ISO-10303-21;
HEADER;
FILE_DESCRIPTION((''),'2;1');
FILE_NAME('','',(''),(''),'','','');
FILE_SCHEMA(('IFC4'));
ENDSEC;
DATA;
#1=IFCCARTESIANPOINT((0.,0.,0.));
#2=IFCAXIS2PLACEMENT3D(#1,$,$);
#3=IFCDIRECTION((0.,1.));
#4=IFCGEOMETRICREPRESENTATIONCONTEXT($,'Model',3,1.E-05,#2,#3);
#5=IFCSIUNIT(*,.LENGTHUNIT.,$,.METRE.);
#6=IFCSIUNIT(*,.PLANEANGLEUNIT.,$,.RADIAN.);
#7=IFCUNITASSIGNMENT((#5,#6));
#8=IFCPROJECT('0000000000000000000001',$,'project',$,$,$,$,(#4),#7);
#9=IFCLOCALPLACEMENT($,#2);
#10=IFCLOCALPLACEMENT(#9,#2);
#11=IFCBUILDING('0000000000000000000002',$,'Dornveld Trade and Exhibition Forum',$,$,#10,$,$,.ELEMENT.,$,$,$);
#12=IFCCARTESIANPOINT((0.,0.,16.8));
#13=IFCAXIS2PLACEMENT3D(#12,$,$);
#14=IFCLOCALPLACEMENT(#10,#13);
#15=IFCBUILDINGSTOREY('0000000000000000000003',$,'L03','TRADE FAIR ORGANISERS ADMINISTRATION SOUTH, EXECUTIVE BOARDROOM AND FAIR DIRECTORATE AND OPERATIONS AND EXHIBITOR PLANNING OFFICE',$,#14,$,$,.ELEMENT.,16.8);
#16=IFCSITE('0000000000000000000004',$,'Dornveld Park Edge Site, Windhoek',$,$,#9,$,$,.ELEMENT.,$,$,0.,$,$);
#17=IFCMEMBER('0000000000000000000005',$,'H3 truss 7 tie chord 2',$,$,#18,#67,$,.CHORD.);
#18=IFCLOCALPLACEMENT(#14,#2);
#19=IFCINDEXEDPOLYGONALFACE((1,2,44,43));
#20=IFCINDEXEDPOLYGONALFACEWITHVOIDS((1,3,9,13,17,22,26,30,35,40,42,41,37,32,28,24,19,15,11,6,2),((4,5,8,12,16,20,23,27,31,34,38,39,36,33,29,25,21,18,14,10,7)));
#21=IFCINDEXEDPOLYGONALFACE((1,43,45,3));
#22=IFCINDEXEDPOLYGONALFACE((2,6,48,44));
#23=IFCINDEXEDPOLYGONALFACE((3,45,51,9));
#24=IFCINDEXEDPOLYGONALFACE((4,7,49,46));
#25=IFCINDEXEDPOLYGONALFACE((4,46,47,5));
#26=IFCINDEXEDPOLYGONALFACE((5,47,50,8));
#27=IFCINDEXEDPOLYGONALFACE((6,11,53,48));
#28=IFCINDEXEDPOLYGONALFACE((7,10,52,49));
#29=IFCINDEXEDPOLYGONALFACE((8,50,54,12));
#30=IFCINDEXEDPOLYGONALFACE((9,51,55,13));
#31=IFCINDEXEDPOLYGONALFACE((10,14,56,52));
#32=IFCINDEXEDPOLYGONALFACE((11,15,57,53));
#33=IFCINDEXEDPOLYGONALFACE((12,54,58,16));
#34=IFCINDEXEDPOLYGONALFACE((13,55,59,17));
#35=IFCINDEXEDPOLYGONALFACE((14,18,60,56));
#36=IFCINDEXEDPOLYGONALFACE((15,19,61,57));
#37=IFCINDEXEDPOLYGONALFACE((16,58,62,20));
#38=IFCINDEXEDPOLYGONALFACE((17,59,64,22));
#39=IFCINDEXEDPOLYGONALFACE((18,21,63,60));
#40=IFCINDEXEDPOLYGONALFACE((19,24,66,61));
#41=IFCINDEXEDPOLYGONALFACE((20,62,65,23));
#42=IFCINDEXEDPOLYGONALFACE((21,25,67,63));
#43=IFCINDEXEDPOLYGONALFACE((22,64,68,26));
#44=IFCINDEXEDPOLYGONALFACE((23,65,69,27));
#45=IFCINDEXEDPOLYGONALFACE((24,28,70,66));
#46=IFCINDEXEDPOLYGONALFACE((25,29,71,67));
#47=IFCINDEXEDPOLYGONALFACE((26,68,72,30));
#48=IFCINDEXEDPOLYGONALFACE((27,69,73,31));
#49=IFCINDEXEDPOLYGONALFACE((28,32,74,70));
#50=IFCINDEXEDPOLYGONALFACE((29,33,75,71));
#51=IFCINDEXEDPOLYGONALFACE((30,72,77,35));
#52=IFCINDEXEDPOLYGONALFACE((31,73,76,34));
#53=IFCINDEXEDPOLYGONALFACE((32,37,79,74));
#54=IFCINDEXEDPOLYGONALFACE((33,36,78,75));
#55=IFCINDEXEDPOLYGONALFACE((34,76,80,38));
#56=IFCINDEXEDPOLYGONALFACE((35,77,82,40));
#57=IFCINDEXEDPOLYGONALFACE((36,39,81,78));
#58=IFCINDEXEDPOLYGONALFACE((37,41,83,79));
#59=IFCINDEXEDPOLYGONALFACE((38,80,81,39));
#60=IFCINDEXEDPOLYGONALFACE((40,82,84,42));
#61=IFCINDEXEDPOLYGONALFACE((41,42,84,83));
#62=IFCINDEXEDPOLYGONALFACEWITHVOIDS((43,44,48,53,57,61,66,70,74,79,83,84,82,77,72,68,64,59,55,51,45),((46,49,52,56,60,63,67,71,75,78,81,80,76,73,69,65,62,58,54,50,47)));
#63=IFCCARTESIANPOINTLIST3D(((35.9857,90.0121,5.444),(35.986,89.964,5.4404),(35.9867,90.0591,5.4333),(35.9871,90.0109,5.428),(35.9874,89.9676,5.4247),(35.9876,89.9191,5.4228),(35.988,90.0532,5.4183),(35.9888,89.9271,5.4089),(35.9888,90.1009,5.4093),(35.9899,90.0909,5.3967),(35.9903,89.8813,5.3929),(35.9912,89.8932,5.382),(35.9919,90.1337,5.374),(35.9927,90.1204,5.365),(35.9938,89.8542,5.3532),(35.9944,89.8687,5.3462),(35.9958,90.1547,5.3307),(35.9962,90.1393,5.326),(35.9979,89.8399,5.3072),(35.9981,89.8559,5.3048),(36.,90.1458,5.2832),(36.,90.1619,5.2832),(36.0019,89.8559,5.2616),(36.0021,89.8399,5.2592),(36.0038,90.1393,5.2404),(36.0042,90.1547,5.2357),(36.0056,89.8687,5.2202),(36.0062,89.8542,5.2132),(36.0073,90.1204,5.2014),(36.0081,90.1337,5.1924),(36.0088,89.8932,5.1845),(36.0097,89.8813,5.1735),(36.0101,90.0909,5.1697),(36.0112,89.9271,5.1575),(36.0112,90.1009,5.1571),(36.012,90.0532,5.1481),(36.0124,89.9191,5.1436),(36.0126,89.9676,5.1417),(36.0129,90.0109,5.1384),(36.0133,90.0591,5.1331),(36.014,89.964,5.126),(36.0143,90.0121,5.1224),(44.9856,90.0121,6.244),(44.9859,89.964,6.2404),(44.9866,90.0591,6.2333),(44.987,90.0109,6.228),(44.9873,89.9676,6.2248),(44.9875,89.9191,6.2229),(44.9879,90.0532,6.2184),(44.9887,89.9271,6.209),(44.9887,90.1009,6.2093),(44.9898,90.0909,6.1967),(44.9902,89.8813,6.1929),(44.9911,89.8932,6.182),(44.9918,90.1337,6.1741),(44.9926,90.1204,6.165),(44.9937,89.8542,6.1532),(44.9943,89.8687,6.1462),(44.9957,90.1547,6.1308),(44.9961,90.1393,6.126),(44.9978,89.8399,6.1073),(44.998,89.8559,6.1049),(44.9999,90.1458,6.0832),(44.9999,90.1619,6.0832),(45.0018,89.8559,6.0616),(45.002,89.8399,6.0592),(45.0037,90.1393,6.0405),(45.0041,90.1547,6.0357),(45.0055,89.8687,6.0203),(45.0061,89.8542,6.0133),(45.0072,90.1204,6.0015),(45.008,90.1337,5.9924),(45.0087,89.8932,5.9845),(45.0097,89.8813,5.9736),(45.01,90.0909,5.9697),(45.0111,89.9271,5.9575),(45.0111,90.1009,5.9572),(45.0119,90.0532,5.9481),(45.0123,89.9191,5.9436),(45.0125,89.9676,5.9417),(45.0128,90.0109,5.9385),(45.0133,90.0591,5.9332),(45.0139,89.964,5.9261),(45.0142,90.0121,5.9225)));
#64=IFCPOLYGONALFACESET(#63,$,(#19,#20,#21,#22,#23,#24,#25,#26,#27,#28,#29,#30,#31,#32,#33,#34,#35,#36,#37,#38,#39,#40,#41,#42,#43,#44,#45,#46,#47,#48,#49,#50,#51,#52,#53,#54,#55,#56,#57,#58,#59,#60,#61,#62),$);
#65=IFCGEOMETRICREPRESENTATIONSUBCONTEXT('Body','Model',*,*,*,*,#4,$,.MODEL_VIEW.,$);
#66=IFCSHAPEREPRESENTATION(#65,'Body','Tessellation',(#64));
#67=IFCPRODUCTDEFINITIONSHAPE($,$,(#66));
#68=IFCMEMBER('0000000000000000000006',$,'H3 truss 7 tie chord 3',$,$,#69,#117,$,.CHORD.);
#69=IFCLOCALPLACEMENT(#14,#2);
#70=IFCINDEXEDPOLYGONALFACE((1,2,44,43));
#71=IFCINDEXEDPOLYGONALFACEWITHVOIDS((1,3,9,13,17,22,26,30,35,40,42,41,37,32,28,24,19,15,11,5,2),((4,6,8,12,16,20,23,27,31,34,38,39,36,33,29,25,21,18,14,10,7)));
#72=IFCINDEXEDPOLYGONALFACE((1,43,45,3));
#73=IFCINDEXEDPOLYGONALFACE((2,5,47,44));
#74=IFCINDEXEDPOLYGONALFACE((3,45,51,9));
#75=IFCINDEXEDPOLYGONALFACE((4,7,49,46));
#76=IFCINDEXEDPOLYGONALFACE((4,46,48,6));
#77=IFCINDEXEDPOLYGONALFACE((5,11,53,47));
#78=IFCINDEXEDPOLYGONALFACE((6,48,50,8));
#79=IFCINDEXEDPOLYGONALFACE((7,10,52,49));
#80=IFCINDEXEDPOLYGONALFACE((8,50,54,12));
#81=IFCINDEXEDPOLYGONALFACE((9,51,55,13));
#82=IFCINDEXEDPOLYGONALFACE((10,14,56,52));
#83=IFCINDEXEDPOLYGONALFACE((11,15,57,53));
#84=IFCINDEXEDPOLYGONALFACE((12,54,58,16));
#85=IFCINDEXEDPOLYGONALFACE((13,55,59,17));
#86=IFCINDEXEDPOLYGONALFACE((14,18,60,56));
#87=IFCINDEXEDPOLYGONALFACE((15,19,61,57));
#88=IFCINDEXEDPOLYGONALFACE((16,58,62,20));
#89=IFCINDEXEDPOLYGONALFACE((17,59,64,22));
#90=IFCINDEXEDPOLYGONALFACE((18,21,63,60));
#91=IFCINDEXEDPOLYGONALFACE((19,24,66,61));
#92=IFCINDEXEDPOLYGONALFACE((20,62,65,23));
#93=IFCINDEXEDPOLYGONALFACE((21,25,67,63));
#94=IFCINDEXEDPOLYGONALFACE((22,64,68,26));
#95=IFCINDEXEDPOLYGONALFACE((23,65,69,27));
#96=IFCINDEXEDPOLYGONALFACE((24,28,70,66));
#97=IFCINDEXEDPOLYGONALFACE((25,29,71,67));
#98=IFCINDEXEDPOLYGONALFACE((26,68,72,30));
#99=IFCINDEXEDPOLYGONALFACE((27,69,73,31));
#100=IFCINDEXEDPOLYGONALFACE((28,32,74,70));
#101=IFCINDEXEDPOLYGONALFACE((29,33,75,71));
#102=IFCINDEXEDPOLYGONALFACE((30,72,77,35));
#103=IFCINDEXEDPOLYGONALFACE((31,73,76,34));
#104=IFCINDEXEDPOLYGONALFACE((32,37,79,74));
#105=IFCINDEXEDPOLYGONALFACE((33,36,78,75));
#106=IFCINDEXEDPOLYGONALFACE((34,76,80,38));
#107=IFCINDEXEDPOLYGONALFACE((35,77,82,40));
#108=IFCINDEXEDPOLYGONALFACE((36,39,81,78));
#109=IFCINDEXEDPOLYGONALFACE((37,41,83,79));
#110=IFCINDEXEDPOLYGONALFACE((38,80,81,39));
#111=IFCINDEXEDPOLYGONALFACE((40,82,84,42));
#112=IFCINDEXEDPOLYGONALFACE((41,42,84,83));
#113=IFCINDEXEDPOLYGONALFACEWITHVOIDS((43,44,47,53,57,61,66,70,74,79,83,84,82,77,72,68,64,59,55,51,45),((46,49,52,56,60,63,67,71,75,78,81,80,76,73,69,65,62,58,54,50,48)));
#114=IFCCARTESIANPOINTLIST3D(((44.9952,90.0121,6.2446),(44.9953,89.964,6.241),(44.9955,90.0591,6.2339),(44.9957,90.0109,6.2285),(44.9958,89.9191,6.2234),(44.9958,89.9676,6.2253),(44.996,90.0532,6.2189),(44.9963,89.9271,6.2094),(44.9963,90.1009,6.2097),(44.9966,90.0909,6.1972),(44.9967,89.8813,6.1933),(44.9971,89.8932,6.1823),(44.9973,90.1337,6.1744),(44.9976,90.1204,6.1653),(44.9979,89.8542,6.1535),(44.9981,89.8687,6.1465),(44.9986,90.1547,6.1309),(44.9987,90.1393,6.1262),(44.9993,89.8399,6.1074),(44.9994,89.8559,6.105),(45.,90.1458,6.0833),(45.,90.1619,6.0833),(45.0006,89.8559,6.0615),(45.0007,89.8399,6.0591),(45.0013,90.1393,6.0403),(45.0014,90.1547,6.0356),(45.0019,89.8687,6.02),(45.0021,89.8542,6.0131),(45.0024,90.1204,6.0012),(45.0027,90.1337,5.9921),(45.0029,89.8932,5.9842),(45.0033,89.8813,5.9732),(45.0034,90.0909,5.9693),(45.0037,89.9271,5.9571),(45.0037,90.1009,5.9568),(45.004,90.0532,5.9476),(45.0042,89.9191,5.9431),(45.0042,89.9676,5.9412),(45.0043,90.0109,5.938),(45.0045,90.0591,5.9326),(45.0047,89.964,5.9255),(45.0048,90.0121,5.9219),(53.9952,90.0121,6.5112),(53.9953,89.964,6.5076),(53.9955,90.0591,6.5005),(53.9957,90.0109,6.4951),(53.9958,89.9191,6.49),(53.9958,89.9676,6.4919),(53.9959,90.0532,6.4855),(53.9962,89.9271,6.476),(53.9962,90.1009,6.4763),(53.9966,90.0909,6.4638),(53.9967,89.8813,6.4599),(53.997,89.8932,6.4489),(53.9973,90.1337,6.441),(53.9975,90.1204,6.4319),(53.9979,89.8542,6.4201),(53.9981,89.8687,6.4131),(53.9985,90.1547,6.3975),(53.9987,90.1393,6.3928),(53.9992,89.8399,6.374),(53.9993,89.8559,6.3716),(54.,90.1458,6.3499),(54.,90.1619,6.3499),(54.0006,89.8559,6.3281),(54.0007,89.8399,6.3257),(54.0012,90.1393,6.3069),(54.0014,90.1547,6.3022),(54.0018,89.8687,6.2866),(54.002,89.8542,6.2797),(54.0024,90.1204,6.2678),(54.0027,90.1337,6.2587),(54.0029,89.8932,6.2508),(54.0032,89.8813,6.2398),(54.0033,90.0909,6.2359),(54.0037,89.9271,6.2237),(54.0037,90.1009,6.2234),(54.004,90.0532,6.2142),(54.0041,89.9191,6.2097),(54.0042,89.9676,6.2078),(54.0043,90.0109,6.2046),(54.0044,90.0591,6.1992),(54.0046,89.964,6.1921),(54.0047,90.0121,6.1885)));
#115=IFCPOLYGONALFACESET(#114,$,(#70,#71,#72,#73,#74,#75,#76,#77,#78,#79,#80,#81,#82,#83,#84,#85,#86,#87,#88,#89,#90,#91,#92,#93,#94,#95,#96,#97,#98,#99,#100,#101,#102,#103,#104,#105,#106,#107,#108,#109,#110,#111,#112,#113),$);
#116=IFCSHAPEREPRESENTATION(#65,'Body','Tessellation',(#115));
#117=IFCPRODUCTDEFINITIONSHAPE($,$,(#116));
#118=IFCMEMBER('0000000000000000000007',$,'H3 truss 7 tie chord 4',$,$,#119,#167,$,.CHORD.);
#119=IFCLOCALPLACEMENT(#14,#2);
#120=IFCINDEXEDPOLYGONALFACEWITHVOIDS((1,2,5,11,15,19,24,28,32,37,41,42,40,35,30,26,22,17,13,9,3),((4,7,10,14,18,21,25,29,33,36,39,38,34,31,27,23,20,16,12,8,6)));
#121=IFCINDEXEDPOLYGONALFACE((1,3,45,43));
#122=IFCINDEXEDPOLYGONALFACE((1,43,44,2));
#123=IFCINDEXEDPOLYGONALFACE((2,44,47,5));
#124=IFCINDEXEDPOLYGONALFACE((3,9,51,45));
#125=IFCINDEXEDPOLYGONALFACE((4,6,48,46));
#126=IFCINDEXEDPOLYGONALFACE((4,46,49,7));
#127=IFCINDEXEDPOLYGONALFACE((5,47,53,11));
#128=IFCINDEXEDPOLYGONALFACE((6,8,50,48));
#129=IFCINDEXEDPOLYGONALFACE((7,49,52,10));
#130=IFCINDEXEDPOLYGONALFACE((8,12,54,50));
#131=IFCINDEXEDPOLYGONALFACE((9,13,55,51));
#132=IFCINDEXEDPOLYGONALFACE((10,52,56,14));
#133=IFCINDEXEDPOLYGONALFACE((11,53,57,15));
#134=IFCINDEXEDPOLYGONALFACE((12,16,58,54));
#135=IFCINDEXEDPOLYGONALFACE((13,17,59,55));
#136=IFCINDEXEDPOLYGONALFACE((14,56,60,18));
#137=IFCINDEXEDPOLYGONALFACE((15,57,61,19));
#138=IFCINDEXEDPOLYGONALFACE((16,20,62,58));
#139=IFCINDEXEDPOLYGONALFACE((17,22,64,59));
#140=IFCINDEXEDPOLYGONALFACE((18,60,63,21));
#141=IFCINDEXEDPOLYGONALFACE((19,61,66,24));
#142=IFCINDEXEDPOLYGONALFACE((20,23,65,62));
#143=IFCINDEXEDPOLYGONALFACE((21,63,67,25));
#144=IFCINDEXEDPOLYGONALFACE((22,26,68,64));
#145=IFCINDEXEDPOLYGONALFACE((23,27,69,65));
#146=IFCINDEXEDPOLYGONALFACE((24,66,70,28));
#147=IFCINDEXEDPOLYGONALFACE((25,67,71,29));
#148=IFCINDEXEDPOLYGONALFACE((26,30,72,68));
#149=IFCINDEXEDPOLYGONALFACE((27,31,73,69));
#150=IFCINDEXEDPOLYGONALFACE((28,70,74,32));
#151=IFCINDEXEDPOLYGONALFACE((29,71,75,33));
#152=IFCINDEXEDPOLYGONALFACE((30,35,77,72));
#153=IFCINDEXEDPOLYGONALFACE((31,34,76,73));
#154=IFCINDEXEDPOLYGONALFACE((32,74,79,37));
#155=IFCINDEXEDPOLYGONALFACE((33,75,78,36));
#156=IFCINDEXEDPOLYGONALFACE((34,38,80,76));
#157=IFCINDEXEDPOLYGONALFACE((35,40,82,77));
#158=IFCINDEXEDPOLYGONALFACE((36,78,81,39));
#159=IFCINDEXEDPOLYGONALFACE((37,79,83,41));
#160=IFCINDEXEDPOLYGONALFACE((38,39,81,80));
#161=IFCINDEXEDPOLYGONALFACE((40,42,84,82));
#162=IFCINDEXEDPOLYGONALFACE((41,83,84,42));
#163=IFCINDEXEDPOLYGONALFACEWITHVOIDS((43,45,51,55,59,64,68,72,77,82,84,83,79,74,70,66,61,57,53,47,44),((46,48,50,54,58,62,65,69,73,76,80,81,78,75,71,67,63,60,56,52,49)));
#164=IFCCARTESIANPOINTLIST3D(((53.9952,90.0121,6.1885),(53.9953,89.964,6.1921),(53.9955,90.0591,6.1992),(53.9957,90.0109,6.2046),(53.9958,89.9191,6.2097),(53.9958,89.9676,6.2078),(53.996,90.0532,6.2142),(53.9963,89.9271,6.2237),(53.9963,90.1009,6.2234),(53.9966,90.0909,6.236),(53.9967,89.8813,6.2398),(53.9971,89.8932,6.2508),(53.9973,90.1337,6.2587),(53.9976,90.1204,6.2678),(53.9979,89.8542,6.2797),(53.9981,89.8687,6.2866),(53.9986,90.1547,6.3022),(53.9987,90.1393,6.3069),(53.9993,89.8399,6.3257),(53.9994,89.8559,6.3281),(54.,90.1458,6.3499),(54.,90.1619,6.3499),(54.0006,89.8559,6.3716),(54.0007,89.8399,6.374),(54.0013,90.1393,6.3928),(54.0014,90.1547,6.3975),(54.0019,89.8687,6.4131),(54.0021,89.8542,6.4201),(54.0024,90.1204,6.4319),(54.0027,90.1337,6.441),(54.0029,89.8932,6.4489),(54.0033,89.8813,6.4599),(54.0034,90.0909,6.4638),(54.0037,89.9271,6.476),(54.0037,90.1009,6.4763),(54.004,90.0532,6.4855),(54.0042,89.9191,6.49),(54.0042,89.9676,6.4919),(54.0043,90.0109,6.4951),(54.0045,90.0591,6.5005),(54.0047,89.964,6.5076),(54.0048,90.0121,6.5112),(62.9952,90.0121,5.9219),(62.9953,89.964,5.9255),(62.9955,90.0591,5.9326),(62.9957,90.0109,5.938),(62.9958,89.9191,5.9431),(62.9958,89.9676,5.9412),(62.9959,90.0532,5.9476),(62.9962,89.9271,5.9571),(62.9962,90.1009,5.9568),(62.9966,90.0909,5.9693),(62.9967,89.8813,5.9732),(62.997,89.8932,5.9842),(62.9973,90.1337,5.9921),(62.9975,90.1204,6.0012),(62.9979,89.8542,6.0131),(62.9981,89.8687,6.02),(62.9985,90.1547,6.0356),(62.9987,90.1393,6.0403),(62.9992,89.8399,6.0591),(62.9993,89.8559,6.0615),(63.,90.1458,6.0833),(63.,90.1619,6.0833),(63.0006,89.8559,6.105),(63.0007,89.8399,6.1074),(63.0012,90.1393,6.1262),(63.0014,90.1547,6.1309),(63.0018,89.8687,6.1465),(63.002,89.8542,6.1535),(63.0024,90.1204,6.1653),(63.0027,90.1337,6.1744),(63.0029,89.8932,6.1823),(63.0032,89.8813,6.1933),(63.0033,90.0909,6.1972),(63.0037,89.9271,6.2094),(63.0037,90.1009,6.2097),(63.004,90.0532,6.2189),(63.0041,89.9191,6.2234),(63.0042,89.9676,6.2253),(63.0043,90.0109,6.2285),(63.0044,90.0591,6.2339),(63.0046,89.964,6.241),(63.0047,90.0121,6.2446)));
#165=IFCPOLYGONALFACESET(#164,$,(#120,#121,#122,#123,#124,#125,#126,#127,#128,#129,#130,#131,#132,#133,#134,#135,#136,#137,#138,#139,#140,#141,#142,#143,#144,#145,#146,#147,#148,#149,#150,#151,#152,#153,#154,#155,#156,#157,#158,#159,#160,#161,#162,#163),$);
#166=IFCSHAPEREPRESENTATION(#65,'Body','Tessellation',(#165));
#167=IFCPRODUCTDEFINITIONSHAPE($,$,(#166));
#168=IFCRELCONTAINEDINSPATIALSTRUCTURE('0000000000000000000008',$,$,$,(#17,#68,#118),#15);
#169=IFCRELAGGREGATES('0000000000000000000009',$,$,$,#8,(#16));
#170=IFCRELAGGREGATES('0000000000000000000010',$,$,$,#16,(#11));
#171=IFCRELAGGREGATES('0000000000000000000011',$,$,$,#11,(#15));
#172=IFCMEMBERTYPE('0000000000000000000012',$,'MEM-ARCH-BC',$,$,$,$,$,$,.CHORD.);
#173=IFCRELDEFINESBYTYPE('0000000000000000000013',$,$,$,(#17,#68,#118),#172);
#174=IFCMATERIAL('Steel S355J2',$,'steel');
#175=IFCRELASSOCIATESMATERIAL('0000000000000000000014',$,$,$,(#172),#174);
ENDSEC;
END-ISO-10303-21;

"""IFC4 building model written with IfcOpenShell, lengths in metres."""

from ifc_helpers import new_model, si_unit, direction, frame, origin, origin_2d, place, context, subcontext, project, spatial, hollow_circle, extrude, material, material_profile, profile_set, type_object, element, save


model = new_model("IFC4")

# Units and contexts
model_context = context("Model", 3, precision=1e-05, world=origin(), true_north=direction((0.0, 1.0)))
body_context = subcontext(model_context, "Body", "Model", "MODEL_VIEW")
ifc_project = project(units=[si_unit("LENGTHUNIT", "METRE"), si_unit("PLANEANGLEUNIT", "RADIAN")], contexts=[model_context])

# Site, building, storey
site_placement = place(None, origin())
site = spatial("IfcSite", under=ifc_project, at=site_placement, Name="Dornveld Park Edge Site, Windhoek", CompositionType="ELEMENT", RefElevation=0.0)
building_placement = place(site_placement, origin())
building = spatial("IfcBuilding", under=site, at=building_placement, Name="Dornveld Trade and Exhibition Forum", CompositionType="ELEMENT")
storey_placement = place(building_placement, frame((0.0, 0.0, 16.8)))
storey = spatial("IfcBuildingStorey", under=building, at=storey_placement, Name="L03", Description="TRADE FAIR ORGANISERS ADMINISTRATION SOUTH, EXECUTIVE BOARDROOM AND FAIR DIRECTORATE AND OPERATIONS AND EXHIBITOR PLANNING OFFICE", CompositionType="ELEMENT", Elevation=16.8)

# Members
ifc_material_1 = material(Name="Steel S355J2", Category="steel")
ifc_material_profile_1 = material_profile(ifc_material_1, hollow_circle(Radius=0.1619, WallThickness=0.0161, at=origin_2d()), Name="CHS 323.9x16")
ifc_profile_set_1 = profile_set([ifc_material_profile_1], Name="Steel S355J2")
member_type_1 = type_object("IfcMemberType", Name="MEM-ARCH-BC", PredefinedType="CHORD", material=ifc_profile_set_1)
member_1_placement = place(storey_placement, frame((36.0, 90.0, 5.2832), z_axis=(0.996072, 0.0, 0.088545), x_axis=(0.0, 1.0, 0.0)))
element("IfcMember", 1, at=member_1_placement, inside=storey, type_object=member_type_1, Name="H3 truss 7 tie chord 2", PredefinedType="CHORD", context=body_context, shape_type="SweptSolid", body=[
    extrude(hollow_circle(Radius=0.1619, WallThickness=0.0161, at=origin_2d()), origin(), (0.0, 0.0, 1.0), 9.0354),
])
for number, where, z_axis, x_axis, name in (
    (2, (45.0, 90.0, 6.0833), (0.999562, 0.0, 0.029609), (0.0, 1.0, 0.0), "H3 truss 7 tie chord 3"),
    (3, (54.0, 90.0, 6.3499), (0.999562, 0.0, -0.029609), (0.0, 1.0, 0.0), "H3 truss 7 tie chord 4"),
):
    element("IfcMember", number, at=place(storey_placement, frame(where, z_axis=z_axis, x_axis=x_axis)), inside=storey, type_object=member_type_1, Name=name, PredefinedType="CHORD", context=body_context, shape_type="SweptSolid", body=[
        extrude(hollow_circle(Radius=0.1619, WallThickness=0.0161, at=origin_2d()), origin(), (0.0, 0.0, 1.0), 9.0039),
    ])

save(model, "model.ifc")
